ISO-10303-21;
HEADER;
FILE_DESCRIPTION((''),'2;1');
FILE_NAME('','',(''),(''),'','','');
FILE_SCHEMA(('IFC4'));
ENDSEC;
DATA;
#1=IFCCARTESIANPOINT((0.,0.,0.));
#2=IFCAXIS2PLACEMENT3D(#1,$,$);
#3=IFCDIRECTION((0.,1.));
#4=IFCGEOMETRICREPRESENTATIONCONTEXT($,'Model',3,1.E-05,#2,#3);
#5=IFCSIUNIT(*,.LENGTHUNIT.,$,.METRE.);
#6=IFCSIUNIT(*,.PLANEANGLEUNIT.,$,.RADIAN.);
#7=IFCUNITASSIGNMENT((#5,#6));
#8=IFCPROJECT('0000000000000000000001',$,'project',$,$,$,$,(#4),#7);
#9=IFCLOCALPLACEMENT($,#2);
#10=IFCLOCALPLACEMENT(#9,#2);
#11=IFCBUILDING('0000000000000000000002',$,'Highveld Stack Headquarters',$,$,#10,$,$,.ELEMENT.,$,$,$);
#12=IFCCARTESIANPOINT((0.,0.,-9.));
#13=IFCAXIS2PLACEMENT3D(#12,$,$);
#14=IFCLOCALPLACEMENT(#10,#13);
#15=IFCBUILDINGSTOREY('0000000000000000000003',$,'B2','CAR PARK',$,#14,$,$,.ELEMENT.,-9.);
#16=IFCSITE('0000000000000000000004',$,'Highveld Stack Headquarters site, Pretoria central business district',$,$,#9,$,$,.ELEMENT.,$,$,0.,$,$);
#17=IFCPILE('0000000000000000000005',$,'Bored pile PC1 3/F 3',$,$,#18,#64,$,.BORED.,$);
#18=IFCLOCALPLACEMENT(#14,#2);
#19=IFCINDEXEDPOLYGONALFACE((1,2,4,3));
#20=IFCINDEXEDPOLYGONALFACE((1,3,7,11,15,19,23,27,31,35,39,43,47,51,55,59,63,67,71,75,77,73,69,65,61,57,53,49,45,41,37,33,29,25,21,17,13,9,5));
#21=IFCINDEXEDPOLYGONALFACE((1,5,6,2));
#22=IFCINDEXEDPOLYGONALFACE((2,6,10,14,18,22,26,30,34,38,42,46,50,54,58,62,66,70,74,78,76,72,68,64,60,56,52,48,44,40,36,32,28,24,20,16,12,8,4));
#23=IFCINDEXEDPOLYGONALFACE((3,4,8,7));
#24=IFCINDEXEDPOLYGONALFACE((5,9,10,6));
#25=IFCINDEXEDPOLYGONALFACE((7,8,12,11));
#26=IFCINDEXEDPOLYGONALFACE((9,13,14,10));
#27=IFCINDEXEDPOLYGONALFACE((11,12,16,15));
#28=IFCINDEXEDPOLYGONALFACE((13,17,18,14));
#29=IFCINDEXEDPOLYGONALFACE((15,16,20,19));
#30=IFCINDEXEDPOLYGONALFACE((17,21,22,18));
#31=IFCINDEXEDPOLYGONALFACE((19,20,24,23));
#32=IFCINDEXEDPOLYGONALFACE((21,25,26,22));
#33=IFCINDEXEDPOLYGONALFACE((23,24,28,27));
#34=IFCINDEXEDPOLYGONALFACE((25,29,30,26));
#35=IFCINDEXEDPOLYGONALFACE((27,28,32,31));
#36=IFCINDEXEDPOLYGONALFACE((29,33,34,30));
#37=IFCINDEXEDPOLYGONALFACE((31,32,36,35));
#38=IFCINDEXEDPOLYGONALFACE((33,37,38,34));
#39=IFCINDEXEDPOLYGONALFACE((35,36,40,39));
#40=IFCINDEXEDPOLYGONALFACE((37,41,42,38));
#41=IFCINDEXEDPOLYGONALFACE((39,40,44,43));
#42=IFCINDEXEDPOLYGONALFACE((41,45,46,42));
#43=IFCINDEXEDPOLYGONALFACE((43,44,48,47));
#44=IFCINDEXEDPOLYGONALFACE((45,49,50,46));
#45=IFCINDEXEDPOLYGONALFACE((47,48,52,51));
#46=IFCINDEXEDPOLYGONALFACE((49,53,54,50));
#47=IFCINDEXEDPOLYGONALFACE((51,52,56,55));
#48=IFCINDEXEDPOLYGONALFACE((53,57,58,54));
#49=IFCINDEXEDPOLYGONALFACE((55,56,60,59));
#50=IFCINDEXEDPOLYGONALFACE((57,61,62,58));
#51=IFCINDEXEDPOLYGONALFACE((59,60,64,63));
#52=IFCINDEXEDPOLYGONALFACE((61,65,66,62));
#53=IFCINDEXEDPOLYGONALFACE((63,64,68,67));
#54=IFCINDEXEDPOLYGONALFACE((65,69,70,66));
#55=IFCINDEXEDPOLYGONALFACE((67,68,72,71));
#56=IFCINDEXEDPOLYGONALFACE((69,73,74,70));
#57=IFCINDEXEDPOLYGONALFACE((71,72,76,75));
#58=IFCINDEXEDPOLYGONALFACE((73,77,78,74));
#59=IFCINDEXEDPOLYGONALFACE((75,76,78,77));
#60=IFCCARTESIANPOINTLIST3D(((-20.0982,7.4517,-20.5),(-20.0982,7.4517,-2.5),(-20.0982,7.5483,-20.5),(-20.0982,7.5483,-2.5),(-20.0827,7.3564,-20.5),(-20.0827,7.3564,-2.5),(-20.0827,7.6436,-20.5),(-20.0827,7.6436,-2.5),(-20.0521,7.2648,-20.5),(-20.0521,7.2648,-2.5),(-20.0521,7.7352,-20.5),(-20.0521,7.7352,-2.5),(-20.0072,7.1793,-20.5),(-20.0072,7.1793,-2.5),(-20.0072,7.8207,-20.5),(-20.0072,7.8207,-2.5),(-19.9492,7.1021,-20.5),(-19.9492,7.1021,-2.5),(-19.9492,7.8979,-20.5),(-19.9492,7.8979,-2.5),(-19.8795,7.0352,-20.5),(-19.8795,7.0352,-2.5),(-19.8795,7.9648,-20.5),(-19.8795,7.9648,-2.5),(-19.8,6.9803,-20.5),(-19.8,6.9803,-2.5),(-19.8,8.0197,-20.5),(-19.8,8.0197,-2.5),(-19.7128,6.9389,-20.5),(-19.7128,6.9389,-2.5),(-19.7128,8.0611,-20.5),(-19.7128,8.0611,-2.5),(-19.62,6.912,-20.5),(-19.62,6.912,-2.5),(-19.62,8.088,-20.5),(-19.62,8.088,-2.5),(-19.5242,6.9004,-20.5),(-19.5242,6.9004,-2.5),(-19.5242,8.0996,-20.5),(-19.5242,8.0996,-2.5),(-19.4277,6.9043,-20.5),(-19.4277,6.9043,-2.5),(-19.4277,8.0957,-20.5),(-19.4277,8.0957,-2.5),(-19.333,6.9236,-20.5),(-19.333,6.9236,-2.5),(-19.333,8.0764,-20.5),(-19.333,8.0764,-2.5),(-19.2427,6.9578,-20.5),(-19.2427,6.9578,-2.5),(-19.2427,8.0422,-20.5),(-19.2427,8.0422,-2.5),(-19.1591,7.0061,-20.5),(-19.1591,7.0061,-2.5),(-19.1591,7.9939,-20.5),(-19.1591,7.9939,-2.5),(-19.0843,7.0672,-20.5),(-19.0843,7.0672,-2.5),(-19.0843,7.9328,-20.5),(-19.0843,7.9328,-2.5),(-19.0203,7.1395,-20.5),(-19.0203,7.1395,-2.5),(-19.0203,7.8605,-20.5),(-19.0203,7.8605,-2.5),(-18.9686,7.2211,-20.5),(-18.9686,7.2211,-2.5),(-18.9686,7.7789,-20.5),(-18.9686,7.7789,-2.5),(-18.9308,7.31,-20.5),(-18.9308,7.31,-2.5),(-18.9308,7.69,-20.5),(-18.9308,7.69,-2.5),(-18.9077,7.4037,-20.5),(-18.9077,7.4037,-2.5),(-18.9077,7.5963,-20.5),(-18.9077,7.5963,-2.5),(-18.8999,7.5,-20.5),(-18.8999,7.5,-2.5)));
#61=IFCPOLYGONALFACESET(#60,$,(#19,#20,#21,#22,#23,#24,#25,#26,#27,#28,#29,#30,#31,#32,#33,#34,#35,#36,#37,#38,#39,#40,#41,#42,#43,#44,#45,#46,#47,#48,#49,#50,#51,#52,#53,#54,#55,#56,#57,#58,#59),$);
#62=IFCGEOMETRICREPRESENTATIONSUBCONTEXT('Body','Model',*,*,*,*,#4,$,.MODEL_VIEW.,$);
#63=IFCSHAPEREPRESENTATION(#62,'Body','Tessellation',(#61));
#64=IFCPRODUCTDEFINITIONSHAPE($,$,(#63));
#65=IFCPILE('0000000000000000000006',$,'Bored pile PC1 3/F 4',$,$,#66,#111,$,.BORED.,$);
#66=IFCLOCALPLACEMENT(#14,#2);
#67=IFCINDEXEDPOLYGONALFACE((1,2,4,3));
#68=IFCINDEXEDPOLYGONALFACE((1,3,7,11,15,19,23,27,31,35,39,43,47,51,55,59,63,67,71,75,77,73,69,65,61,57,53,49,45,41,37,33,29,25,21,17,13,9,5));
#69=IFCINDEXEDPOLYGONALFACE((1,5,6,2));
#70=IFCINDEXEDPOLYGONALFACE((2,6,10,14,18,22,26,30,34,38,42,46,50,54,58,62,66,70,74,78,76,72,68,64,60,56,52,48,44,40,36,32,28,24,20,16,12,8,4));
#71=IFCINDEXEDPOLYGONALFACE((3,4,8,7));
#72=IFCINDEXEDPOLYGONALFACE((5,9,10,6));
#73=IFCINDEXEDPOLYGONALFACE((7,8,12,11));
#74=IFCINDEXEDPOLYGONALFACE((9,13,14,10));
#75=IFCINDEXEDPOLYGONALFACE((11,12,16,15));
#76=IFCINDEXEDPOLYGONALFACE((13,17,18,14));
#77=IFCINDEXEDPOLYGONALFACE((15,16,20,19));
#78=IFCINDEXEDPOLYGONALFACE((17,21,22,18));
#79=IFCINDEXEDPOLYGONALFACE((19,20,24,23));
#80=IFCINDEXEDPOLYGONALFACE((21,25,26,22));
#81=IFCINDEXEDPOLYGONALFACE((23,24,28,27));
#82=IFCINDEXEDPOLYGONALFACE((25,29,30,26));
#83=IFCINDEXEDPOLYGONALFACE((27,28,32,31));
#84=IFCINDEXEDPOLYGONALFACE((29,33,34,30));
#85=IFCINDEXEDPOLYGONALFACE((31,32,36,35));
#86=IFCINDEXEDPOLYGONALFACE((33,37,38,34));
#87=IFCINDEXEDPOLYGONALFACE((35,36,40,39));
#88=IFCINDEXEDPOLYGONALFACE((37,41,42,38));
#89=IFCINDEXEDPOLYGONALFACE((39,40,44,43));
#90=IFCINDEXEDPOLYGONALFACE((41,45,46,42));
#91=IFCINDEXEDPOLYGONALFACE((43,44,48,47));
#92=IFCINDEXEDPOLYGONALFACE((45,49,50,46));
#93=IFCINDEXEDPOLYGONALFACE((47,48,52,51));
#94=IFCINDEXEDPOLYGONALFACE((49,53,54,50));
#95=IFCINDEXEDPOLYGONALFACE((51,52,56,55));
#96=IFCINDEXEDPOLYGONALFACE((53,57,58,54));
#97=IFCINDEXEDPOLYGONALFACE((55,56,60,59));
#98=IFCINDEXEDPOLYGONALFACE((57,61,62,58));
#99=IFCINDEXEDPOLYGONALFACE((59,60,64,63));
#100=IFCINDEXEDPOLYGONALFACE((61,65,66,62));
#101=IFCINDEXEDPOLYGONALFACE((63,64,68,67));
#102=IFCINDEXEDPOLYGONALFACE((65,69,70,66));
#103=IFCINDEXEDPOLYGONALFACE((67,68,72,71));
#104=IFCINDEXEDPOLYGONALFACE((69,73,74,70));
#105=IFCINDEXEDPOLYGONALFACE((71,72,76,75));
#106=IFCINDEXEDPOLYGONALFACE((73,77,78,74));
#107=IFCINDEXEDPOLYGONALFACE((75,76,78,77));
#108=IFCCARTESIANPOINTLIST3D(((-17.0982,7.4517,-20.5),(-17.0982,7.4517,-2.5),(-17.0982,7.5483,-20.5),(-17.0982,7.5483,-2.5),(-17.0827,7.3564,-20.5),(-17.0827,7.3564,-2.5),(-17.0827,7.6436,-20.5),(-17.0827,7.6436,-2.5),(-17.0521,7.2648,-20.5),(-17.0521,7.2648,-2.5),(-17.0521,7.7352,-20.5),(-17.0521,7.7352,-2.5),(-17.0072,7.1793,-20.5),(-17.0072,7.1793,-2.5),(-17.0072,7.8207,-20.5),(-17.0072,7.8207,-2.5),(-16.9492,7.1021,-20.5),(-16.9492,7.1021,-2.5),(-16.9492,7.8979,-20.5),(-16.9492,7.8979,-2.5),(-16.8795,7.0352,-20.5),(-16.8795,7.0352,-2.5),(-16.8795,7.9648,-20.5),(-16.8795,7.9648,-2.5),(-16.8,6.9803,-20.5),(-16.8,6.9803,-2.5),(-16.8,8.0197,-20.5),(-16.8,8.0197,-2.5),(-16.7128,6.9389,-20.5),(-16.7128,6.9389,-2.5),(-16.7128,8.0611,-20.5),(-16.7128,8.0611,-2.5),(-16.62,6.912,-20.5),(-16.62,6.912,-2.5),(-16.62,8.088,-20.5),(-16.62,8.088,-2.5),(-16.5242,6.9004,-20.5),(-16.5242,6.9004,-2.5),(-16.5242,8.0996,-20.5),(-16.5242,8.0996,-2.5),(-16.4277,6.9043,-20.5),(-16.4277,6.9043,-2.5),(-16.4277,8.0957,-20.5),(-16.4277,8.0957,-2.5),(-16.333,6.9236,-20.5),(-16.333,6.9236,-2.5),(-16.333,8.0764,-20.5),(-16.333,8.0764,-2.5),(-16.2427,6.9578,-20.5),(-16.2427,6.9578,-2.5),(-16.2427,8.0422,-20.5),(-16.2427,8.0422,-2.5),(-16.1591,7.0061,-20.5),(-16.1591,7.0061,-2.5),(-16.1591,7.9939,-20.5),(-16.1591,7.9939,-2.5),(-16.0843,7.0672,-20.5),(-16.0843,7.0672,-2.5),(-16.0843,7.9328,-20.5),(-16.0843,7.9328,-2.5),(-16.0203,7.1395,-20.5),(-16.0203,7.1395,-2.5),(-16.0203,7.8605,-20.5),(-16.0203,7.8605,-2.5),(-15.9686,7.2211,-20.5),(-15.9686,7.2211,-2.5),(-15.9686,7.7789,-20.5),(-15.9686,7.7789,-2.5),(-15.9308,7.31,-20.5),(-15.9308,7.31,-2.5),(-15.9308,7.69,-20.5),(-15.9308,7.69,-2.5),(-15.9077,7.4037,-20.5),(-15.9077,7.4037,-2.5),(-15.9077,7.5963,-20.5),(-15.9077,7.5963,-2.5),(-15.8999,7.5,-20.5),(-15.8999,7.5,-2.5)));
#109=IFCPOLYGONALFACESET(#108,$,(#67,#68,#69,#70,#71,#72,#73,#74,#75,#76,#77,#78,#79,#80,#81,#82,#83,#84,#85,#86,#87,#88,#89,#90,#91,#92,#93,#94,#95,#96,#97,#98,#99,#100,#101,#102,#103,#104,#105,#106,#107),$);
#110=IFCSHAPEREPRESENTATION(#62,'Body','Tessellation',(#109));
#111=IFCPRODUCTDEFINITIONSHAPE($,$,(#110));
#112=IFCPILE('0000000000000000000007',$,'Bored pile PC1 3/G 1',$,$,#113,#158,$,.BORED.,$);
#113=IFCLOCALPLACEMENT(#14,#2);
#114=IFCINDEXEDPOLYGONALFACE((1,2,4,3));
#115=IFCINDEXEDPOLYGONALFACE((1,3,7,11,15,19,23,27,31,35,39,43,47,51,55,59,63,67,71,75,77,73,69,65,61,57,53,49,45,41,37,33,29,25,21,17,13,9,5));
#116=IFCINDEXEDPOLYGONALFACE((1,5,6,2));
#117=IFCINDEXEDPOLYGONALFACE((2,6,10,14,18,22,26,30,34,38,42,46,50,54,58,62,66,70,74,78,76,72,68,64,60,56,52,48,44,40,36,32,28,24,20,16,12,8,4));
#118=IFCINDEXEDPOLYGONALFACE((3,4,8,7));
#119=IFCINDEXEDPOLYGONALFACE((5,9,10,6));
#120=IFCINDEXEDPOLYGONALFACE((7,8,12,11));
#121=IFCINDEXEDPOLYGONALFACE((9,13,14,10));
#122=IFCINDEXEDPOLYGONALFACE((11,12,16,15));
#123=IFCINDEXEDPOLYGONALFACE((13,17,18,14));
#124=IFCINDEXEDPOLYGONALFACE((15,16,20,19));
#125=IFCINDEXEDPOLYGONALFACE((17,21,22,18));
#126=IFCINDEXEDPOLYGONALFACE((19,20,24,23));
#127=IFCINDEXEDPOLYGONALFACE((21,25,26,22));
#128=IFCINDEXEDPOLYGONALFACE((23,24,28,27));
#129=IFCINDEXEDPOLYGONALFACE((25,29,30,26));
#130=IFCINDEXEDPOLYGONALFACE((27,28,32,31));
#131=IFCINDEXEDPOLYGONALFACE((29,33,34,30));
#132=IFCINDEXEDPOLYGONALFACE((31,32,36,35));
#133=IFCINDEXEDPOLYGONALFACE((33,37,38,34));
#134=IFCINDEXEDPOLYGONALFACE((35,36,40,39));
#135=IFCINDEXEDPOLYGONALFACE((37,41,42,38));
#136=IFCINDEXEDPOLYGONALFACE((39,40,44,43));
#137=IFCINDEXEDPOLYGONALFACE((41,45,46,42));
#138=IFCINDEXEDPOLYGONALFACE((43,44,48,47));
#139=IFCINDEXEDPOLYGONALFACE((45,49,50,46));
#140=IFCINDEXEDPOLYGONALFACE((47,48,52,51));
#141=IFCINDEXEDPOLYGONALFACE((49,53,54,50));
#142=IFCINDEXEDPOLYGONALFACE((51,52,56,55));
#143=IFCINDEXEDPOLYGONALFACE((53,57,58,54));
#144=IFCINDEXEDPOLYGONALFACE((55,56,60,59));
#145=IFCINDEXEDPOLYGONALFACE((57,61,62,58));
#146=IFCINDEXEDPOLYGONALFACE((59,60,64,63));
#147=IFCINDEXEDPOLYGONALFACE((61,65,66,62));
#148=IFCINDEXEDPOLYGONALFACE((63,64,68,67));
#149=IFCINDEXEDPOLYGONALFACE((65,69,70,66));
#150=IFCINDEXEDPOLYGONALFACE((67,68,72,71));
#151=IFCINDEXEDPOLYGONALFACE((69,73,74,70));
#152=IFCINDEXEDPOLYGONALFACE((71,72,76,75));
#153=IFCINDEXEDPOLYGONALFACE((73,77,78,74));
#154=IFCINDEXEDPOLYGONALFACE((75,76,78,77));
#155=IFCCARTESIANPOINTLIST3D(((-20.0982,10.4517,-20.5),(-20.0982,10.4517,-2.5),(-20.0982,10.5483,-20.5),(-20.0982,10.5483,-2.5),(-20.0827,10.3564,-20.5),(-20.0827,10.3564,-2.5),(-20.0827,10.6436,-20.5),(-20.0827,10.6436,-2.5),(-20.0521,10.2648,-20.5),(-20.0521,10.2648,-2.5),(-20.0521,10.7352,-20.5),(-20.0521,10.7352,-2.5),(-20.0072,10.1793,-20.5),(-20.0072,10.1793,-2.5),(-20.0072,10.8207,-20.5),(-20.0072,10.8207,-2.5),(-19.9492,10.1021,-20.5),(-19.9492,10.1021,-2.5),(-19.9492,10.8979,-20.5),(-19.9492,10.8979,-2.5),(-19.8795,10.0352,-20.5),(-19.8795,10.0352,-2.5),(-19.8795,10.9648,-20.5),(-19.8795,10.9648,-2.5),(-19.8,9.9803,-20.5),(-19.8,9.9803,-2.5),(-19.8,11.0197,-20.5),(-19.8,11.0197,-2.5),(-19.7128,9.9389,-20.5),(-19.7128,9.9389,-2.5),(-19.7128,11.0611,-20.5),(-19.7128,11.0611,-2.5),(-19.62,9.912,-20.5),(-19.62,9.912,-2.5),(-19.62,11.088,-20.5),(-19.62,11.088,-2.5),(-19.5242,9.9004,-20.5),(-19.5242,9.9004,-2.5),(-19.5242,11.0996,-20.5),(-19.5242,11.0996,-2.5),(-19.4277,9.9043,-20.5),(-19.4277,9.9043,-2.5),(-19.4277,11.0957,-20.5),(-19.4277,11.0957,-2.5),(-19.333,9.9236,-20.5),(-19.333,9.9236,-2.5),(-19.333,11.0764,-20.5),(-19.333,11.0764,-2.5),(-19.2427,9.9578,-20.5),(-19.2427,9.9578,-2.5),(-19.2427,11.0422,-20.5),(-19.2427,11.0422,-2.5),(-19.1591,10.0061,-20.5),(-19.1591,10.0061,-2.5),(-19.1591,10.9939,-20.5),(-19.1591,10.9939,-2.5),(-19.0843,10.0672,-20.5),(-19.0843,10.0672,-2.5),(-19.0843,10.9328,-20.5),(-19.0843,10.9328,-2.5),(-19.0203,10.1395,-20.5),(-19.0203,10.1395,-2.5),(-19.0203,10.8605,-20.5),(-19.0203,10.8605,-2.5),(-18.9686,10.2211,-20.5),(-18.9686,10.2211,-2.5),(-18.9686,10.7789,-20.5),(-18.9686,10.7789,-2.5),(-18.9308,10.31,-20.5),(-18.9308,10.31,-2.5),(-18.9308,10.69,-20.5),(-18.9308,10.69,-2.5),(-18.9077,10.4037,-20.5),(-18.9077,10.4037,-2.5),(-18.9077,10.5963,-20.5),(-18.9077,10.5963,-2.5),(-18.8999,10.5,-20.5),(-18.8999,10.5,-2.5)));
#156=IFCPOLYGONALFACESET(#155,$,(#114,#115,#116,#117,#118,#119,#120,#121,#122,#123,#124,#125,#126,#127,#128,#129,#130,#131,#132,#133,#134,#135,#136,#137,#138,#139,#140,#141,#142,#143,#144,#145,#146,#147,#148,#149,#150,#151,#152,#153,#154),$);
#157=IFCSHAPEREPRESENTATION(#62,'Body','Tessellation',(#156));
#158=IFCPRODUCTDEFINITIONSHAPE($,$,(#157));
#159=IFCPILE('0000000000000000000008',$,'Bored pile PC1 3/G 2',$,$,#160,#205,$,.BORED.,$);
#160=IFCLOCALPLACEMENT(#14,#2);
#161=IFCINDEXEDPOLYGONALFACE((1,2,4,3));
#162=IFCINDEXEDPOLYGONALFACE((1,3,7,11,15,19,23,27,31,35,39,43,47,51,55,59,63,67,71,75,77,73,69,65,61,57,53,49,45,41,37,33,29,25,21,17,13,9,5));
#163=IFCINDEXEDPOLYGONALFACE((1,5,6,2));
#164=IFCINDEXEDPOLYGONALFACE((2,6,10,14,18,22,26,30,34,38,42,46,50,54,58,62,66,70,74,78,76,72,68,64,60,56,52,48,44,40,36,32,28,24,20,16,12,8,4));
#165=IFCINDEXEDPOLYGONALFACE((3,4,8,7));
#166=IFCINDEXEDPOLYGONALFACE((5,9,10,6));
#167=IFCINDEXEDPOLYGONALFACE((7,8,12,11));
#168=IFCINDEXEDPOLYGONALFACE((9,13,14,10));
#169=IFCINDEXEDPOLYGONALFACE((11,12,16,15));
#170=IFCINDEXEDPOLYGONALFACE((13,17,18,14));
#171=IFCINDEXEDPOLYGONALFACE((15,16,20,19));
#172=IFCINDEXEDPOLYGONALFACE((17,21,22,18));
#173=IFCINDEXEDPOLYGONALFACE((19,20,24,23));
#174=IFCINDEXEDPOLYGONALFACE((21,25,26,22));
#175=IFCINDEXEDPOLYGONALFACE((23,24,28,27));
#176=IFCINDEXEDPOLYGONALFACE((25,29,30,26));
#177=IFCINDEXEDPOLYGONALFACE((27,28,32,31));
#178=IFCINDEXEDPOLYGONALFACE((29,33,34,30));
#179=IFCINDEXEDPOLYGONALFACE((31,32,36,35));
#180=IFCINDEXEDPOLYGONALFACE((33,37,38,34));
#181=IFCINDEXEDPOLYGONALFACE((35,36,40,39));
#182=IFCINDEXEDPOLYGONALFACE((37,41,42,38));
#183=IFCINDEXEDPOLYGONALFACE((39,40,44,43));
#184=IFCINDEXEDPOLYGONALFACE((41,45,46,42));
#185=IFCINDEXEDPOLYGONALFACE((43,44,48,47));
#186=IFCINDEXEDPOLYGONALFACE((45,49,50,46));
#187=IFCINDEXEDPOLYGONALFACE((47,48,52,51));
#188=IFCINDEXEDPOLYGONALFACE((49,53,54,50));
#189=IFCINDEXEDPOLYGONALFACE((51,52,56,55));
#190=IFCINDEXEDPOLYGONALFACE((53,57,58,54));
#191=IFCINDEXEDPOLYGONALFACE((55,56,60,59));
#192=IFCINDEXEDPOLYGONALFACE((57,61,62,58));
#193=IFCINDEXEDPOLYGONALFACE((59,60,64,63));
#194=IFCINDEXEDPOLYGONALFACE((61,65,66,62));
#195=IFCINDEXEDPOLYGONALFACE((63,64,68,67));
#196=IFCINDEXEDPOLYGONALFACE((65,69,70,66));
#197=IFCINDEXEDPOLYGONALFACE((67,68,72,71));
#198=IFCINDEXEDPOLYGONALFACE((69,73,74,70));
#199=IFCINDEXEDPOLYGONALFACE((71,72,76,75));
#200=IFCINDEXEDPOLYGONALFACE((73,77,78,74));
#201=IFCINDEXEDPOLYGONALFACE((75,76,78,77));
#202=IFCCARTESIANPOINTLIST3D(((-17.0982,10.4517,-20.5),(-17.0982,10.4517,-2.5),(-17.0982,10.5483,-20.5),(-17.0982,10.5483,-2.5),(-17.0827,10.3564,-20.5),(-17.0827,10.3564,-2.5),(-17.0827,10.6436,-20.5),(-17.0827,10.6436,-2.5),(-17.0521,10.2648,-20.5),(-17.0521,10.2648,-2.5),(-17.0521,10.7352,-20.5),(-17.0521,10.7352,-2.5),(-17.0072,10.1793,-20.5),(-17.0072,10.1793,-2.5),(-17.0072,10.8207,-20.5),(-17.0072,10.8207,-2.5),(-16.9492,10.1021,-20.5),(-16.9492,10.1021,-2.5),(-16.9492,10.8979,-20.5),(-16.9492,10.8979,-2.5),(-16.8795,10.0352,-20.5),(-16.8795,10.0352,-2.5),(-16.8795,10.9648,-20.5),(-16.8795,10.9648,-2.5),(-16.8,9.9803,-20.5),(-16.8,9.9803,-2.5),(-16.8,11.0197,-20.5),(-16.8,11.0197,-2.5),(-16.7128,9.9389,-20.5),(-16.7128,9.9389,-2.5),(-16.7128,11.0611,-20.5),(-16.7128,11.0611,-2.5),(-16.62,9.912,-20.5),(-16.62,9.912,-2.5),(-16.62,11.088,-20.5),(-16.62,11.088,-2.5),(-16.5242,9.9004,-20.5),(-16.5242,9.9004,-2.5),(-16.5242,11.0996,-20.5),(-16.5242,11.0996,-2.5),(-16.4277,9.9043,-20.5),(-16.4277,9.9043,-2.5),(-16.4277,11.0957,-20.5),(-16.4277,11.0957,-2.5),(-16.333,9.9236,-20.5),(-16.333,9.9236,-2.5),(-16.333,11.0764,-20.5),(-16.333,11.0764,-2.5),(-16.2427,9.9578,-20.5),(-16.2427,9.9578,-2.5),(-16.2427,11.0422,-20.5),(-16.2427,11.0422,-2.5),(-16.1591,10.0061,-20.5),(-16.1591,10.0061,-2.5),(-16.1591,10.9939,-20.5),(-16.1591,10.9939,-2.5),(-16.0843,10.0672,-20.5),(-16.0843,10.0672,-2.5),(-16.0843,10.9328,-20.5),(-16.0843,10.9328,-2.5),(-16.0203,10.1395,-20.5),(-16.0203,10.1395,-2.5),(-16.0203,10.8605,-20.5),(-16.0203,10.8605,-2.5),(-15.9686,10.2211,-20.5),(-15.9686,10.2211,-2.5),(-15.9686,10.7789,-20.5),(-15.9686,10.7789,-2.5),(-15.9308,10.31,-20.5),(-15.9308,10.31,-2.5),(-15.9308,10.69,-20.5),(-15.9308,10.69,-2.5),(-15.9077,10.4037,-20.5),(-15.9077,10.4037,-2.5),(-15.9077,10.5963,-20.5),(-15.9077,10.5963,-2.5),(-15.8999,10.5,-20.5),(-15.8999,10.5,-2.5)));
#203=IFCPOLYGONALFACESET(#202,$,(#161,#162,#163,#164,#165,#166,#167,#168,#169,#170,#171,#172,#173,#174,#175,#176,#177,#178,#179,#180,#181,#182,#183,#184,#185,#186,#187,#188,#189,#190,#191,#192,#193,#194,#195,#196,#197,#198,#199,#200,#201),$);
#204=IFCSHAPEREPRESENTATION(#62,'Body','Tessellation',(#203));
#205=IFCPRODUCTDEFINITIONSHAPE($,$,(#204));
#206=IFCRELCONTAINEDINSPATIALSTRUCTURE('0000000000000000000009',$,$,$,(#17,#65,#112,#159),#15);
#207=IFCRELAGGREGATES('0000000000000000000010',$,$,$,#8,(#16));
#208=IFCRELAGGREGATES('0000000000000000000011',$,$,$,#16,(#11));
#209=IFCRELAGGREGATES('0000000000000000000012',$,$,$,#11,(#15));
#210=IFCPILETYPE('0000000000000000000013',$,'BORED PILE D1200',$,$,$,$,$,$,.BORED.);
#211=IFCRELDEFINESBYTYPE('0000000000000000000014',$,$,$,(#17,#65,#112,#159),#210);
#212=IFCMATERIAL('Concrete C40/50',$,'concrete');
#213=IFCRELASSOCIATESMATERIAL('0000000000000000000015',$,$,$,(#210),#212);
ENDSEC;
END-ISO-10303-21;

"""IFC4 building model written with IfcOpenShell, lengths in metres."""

from ifc_helpers import new_model, si_unit, direction, frame, origin, origin_2d, place, context, subcontext, project, spatial, circle, extrude, material, type_object, element, save


model = new_model("IFC4")

# Units and contexts
model_context = context("Model", 3, precision=1e-05, world=origin(), true_north=direction((0.0, 1.0)))
body_context = subcontext(model_context, "Body", "Model", "MODEL_VIEW")
ifc_project = project(units=[si_unit("LENGTHUNIT", "METRE"), si_unit("PLANEANGLEUNIT", "RADIAN")], contexts=[model_context])

# Site, building, storey
site_placement = place(None, origin())
site = spatial("IfcSite", under=ifc_project, at=site_placement, Name="Highveld Stack Headquarters site, Pretoria central business district", CompositionType="ELEMENT", RefElevation=0.0)
building_placement = place(site_placement, origin())
building = spatial("IfcBuilding", under=site, at=building_placement, Name="Highveld Stack Headquarters", CompositionType="ELEMENT")
storey_placement = place(building_placement, frame((0.0, 0.0, -9.0)))
storey = spatial("IfcBuildingStorey", under=building, at=storey_placement, Name="B2", Description="CAR PARK", CompositionType="ELEMENT", Elevation=-9.0)

# Piles
ifc_material_1 = material(Name="Concrete C40/50", Category="concrete")
pile_type_1 = type_object("IfcPileType", Name="BORED PILE D1200", PredefinedType="BORED", material=ifc_material_1)
for number, where, z_axis, x_axis, name in (
    (1, (-19.5, 7.5, -2.5), (0.0, 0.0, -1.0), (1.0, 0.0, 0.0), "Bored pile PC1 3/F 3"),
    (2, (-16.5, 7.5, -2.5), (0.0, 0.0, -1.0), (1.0, 0.0, 0.0), "Bored pile PC1 3/F 4"),
    (3, (-19.5, 10.5, -2.5), (0.0, 0.0, -1.0), (1.0, 0.0, 0.0), "Bored pile PC1 3/G 1"),
    (4, (-16.5, 10.5, -2.5), (0.0, 0.0, -1.0), (1.0, 0.0, 0.0), "Bored pile PC1 3/G 2"),
):
    element("IfcPile", number, at=place(storey_placement, frame(where, z_axis=z_axis, x_axis=x_axis)), inside=storey, type_object=pile_type_1, Name=name, PredefinedType="BORED", context=body_context, shape_type="SweptSolid", body=[
        extrude(circle(Radius=0.6001, at=origin_2d()), origin(), (0.0, 0.0, 1.0), 18.0),
    ])

save(model, "model.ifc")
